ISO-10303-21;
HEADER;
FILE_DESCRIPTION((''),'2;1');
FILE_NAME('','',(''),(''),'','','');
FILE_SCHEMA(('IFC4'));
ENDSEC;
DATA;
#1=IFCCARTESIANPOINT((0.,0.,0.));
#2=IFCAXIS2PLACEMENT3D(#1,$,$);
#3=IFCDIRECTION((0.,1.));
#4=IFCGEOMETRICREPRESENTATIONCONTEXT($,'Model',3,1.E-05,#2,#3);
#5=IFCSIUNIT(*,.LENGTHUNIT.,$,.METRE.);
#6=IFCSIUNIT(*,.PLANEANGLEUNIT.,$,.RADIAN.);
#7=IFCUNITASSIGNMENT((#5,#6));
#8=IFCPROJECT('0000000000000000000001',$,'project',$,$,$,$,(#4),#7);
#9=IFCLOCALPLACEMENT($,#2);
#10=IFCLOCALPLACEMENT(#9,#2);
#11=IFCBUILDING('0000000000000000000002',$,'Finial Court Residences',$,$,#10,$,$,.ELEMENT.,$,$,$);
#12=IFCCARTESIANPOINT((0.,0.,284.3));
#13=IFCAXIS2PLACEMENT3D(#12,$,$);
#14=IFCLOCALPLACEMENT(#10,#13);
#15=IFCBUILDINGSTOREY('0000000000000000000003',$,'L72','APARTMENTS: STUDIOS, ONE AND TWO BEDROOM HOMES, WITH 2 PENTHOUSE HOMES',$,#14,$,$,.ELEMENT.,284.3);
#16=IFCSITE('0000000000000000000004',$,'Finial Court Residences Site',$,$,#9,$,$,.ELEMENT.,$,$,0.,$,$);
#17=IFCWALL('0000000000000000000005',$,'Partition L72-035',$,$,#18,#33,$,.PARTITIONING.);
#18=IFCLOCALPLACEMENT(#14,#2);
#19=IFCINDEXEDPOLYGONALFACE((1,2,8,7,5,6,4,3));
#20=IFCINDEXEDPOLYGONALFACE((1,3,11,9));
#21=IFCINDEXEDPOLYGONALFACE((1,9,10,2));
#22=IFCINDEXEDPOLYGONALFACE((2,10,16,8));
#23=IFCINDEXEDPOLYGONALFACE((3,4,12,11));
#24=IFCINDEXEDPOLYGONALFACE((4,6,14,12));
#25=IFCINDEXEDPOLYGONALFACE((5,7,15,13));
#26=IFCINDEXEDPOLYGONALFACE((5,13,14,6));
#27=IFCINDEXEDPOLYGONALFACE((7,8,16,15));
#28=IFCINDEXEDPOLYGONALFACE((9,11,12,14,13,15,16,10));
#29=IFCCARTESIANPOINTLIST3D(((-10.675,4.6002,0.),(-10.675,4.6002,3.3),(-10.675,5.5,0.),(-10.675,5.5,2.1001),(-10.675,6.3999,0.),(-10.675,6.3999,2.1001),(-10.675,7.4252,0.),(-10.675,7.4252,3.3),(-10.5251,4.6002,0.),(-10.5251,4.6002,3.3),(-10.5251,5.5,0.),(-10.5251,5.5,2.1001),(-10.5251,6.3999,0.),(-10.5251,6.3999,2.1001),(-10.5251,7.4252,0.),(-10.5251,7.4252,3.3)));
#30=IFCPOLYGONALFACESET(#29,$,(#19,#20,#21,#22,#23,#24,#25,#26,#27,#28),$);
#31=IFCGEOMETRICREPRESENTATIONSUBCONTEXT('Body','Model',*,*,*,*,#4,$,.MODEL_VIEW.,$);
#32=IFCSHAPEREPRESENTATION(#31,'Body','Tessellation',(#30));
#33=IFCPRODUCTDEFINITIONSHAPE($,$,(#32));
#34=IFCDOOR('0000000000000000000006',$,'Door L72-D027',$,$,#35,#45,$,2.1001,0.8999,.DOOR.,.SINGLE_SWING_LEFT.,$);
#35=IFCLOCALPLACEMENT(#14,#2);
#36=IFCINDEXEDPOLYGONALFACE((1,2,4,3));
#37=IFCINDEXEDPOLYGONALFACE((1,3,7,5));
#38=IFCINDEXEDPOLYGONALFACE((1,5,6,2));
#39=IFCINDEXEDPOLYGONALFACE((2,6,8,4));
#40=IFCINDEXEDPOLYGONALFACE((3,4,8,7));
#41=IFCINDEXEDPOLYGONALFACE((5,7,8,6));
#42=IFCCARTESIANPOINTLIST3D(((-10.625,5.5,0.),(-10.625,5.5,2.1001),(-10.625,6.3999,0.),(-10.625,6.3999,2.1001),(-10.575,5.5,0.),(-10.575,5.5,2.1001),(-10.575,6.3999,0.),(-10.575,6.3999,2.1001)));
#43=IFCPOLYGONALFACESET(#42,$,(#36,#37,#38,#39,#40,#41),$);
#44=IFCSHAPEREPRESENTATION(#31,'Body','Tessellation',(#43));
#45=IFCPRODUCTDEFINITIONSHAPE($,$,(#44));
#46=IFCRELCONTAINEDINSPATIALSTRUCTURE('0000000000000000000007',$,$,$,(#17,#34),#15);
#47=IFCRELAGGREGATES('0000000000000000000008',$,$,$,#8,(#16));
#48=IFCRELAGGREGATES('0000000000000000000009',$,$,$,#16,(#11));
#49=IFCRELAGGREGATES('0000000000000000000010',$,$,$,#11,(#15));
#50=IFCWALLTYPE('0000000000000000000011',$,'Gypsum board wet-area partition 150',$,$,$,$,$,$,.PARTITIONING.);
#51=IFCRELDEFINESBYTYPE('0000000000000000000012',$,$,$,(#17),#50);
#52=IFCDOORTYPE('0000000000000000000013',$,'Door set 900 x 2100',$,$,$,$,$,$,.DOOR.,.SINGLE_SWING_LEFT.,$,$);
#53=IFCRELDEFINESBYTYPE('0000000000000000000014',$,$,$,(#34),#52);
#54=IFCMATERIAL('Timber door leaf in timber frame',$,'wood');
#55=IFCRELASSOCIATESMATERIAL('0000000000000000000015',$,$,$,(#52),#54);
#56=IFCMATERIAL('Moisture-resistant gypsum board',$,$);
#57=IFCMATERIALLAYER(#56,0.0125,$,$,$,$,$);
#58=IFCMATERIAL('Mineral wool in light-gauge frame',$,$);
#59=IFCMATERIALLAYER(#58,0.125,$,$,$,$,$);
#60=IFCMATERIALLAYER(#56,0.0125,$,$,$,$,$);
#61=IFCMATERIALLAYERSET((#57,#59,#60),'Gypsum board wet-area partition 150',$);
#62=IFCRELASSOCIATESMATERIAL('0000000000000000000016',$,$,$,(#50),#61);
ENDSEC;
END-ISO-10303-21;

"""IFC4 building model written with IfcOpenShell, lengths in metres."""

from ifc_helpers import new_model, si_unit, direction, frame, frame_2d, origin, place, context, subcontext, project, spatial, rectangle, extrude, material, layer, layer_set, type_object, element, fill, save


model = new_model("IFC4")

# Units and contexts
model_context = context("Model", 3, precision=1e-05, world=origin(), true_north=direction((0.0, 1.0)))
body_context = subcontext(model_context, "Body", "Model", "MODEL_VIEW")
ifc_project = project(units=[si_unit("LENGTHUNIT", "METRE"), si_unit("PLANEANGLEUNIT", "RADIAN")], contexts=[model_context])

# Site, building, storey
site_placement = place(None, origin())
site = spatial("IfcSite", under=ifc_project, at=site_placement, Name="Finial Court Residences Site", CompositionType="ELEMENT", RefElevation=0.0)
building_placement = place(site_placement, origin())
building = spatial("IfcBuilding", under=site, at=building_placement, Name="Finial Court Residences", CompositionType="ELEMENT")
storey_placement = place(building_placement, frame((0.0, 0.0, 284.3)))
storey = spatial("IfcBuildingStorey", under=building, at=storey_placement, Name="L72", Description="APARTMENTS: STUDIOS, ONE AND TWO BEDROOM HOMES, WITH 2 PENTHOUSE HOMES", CompositionType="ELEMENT", Elevation=284.3)

# Shared definitions
ifc_material_1 = material(Name="Mineral wool in light-gauge frame")
ifc_material_2 = material(Name="Timber door leaf in timber frame", Category="wood")
door_type = type_object("IfcDoorType", Name="Door set 900 x 2100", OperationType="SINGLE_SWING_LEFT", PredefinedType="DOOR", material=ifc_material_2)

# Shared definitions
ifc_material_3 = material(Name="Moisture-resistant gypsum board")
ifc_layer_1 = layer(ifc_material_3, 0.0125)
ifc_layer_2 = layer(ifc_material_1, 0.125)
ifc_layer_3 = layer(ifc_material_3, 0.0125)
ifc_layer_set_1 = layer_set([ifc_layer_1, ifc_layer_2, ifc_layer_3], Name="Gypsum board wet-area partition 150")
wall_type_1 = type_object("IfcWallType", Name="Gypsum board wet-area partition 150", PredefinedType="PARTITIONING", material=ifc_layer_set_1)

# Wall, opening, door
wall_1_placement = place(storey_placement, frame((-10.6001, 4.6001, 0.0), z_axis=(0.0, 0.0, 1.0), x_axis=(0.0, 1.0, 0.0)))
wall_1 = element("IfcWall", 1, at=wall_1_placement, inside=storey, type_object=wall_type_1, Name="Partition L72-035", PredefinedType="PARTITIONING", context=body_context, shape_type="SweptSolid", body=[
    extrude(rectangle(XDim=2.825, YDim=0.1499, at=frame_2d((1.4126, 0.0))), origin(), (0.0, 0.0, 1.0), 3.3),
])
opening_1_placement = place(wall_1_placement, frame((0.8999, 0.0, 0.0)))
opening_1 = element("IfcOpeningElement", 2, at=opening_1_placement, cuts=wall_1, PredefinedType="OPENING", context=body_context, shape_type="SweptSolid", body=[
    extrude(rectangle(XDim=0.8999, YDim=2.1001, at=frame_2d((0.45, 1.05))), frame((0.0, 0.085, 0.0), z_axis=(0.0, -1.0, 0.0), x_axis=(1.0, 0.0, 0.0)), (0.0, 0.0, 1.0), 0.1699),
])
door_1_placement = place(opening_1_placement, origin())
door_1 = element("IfcDoor", 3, at=door_1_placement, inside=storey, type_object=door_type, Name="Door L72-D027", OperationType="SINGLE_SWING_LEFT", OverallHeight=2.1001, OverallWidth=0.8999, PredefinedType="DOOR", context=body_context, shape_type="SweptSolid", body=[
    extrude(rectangle(XDim=0.8999, YDim=2.1001, at=frame_2d((0.45, 1.05))), frame((0.0, 0.0249, 0.0), z_axis=(0.0, -1.0, 0.0), x_axis=(1.0, 0.0, 0.0)), (0.0, 0.0, 1.0), 0.05),
])
fill(opening_1, door_1)

save(model, "model.ifc")
